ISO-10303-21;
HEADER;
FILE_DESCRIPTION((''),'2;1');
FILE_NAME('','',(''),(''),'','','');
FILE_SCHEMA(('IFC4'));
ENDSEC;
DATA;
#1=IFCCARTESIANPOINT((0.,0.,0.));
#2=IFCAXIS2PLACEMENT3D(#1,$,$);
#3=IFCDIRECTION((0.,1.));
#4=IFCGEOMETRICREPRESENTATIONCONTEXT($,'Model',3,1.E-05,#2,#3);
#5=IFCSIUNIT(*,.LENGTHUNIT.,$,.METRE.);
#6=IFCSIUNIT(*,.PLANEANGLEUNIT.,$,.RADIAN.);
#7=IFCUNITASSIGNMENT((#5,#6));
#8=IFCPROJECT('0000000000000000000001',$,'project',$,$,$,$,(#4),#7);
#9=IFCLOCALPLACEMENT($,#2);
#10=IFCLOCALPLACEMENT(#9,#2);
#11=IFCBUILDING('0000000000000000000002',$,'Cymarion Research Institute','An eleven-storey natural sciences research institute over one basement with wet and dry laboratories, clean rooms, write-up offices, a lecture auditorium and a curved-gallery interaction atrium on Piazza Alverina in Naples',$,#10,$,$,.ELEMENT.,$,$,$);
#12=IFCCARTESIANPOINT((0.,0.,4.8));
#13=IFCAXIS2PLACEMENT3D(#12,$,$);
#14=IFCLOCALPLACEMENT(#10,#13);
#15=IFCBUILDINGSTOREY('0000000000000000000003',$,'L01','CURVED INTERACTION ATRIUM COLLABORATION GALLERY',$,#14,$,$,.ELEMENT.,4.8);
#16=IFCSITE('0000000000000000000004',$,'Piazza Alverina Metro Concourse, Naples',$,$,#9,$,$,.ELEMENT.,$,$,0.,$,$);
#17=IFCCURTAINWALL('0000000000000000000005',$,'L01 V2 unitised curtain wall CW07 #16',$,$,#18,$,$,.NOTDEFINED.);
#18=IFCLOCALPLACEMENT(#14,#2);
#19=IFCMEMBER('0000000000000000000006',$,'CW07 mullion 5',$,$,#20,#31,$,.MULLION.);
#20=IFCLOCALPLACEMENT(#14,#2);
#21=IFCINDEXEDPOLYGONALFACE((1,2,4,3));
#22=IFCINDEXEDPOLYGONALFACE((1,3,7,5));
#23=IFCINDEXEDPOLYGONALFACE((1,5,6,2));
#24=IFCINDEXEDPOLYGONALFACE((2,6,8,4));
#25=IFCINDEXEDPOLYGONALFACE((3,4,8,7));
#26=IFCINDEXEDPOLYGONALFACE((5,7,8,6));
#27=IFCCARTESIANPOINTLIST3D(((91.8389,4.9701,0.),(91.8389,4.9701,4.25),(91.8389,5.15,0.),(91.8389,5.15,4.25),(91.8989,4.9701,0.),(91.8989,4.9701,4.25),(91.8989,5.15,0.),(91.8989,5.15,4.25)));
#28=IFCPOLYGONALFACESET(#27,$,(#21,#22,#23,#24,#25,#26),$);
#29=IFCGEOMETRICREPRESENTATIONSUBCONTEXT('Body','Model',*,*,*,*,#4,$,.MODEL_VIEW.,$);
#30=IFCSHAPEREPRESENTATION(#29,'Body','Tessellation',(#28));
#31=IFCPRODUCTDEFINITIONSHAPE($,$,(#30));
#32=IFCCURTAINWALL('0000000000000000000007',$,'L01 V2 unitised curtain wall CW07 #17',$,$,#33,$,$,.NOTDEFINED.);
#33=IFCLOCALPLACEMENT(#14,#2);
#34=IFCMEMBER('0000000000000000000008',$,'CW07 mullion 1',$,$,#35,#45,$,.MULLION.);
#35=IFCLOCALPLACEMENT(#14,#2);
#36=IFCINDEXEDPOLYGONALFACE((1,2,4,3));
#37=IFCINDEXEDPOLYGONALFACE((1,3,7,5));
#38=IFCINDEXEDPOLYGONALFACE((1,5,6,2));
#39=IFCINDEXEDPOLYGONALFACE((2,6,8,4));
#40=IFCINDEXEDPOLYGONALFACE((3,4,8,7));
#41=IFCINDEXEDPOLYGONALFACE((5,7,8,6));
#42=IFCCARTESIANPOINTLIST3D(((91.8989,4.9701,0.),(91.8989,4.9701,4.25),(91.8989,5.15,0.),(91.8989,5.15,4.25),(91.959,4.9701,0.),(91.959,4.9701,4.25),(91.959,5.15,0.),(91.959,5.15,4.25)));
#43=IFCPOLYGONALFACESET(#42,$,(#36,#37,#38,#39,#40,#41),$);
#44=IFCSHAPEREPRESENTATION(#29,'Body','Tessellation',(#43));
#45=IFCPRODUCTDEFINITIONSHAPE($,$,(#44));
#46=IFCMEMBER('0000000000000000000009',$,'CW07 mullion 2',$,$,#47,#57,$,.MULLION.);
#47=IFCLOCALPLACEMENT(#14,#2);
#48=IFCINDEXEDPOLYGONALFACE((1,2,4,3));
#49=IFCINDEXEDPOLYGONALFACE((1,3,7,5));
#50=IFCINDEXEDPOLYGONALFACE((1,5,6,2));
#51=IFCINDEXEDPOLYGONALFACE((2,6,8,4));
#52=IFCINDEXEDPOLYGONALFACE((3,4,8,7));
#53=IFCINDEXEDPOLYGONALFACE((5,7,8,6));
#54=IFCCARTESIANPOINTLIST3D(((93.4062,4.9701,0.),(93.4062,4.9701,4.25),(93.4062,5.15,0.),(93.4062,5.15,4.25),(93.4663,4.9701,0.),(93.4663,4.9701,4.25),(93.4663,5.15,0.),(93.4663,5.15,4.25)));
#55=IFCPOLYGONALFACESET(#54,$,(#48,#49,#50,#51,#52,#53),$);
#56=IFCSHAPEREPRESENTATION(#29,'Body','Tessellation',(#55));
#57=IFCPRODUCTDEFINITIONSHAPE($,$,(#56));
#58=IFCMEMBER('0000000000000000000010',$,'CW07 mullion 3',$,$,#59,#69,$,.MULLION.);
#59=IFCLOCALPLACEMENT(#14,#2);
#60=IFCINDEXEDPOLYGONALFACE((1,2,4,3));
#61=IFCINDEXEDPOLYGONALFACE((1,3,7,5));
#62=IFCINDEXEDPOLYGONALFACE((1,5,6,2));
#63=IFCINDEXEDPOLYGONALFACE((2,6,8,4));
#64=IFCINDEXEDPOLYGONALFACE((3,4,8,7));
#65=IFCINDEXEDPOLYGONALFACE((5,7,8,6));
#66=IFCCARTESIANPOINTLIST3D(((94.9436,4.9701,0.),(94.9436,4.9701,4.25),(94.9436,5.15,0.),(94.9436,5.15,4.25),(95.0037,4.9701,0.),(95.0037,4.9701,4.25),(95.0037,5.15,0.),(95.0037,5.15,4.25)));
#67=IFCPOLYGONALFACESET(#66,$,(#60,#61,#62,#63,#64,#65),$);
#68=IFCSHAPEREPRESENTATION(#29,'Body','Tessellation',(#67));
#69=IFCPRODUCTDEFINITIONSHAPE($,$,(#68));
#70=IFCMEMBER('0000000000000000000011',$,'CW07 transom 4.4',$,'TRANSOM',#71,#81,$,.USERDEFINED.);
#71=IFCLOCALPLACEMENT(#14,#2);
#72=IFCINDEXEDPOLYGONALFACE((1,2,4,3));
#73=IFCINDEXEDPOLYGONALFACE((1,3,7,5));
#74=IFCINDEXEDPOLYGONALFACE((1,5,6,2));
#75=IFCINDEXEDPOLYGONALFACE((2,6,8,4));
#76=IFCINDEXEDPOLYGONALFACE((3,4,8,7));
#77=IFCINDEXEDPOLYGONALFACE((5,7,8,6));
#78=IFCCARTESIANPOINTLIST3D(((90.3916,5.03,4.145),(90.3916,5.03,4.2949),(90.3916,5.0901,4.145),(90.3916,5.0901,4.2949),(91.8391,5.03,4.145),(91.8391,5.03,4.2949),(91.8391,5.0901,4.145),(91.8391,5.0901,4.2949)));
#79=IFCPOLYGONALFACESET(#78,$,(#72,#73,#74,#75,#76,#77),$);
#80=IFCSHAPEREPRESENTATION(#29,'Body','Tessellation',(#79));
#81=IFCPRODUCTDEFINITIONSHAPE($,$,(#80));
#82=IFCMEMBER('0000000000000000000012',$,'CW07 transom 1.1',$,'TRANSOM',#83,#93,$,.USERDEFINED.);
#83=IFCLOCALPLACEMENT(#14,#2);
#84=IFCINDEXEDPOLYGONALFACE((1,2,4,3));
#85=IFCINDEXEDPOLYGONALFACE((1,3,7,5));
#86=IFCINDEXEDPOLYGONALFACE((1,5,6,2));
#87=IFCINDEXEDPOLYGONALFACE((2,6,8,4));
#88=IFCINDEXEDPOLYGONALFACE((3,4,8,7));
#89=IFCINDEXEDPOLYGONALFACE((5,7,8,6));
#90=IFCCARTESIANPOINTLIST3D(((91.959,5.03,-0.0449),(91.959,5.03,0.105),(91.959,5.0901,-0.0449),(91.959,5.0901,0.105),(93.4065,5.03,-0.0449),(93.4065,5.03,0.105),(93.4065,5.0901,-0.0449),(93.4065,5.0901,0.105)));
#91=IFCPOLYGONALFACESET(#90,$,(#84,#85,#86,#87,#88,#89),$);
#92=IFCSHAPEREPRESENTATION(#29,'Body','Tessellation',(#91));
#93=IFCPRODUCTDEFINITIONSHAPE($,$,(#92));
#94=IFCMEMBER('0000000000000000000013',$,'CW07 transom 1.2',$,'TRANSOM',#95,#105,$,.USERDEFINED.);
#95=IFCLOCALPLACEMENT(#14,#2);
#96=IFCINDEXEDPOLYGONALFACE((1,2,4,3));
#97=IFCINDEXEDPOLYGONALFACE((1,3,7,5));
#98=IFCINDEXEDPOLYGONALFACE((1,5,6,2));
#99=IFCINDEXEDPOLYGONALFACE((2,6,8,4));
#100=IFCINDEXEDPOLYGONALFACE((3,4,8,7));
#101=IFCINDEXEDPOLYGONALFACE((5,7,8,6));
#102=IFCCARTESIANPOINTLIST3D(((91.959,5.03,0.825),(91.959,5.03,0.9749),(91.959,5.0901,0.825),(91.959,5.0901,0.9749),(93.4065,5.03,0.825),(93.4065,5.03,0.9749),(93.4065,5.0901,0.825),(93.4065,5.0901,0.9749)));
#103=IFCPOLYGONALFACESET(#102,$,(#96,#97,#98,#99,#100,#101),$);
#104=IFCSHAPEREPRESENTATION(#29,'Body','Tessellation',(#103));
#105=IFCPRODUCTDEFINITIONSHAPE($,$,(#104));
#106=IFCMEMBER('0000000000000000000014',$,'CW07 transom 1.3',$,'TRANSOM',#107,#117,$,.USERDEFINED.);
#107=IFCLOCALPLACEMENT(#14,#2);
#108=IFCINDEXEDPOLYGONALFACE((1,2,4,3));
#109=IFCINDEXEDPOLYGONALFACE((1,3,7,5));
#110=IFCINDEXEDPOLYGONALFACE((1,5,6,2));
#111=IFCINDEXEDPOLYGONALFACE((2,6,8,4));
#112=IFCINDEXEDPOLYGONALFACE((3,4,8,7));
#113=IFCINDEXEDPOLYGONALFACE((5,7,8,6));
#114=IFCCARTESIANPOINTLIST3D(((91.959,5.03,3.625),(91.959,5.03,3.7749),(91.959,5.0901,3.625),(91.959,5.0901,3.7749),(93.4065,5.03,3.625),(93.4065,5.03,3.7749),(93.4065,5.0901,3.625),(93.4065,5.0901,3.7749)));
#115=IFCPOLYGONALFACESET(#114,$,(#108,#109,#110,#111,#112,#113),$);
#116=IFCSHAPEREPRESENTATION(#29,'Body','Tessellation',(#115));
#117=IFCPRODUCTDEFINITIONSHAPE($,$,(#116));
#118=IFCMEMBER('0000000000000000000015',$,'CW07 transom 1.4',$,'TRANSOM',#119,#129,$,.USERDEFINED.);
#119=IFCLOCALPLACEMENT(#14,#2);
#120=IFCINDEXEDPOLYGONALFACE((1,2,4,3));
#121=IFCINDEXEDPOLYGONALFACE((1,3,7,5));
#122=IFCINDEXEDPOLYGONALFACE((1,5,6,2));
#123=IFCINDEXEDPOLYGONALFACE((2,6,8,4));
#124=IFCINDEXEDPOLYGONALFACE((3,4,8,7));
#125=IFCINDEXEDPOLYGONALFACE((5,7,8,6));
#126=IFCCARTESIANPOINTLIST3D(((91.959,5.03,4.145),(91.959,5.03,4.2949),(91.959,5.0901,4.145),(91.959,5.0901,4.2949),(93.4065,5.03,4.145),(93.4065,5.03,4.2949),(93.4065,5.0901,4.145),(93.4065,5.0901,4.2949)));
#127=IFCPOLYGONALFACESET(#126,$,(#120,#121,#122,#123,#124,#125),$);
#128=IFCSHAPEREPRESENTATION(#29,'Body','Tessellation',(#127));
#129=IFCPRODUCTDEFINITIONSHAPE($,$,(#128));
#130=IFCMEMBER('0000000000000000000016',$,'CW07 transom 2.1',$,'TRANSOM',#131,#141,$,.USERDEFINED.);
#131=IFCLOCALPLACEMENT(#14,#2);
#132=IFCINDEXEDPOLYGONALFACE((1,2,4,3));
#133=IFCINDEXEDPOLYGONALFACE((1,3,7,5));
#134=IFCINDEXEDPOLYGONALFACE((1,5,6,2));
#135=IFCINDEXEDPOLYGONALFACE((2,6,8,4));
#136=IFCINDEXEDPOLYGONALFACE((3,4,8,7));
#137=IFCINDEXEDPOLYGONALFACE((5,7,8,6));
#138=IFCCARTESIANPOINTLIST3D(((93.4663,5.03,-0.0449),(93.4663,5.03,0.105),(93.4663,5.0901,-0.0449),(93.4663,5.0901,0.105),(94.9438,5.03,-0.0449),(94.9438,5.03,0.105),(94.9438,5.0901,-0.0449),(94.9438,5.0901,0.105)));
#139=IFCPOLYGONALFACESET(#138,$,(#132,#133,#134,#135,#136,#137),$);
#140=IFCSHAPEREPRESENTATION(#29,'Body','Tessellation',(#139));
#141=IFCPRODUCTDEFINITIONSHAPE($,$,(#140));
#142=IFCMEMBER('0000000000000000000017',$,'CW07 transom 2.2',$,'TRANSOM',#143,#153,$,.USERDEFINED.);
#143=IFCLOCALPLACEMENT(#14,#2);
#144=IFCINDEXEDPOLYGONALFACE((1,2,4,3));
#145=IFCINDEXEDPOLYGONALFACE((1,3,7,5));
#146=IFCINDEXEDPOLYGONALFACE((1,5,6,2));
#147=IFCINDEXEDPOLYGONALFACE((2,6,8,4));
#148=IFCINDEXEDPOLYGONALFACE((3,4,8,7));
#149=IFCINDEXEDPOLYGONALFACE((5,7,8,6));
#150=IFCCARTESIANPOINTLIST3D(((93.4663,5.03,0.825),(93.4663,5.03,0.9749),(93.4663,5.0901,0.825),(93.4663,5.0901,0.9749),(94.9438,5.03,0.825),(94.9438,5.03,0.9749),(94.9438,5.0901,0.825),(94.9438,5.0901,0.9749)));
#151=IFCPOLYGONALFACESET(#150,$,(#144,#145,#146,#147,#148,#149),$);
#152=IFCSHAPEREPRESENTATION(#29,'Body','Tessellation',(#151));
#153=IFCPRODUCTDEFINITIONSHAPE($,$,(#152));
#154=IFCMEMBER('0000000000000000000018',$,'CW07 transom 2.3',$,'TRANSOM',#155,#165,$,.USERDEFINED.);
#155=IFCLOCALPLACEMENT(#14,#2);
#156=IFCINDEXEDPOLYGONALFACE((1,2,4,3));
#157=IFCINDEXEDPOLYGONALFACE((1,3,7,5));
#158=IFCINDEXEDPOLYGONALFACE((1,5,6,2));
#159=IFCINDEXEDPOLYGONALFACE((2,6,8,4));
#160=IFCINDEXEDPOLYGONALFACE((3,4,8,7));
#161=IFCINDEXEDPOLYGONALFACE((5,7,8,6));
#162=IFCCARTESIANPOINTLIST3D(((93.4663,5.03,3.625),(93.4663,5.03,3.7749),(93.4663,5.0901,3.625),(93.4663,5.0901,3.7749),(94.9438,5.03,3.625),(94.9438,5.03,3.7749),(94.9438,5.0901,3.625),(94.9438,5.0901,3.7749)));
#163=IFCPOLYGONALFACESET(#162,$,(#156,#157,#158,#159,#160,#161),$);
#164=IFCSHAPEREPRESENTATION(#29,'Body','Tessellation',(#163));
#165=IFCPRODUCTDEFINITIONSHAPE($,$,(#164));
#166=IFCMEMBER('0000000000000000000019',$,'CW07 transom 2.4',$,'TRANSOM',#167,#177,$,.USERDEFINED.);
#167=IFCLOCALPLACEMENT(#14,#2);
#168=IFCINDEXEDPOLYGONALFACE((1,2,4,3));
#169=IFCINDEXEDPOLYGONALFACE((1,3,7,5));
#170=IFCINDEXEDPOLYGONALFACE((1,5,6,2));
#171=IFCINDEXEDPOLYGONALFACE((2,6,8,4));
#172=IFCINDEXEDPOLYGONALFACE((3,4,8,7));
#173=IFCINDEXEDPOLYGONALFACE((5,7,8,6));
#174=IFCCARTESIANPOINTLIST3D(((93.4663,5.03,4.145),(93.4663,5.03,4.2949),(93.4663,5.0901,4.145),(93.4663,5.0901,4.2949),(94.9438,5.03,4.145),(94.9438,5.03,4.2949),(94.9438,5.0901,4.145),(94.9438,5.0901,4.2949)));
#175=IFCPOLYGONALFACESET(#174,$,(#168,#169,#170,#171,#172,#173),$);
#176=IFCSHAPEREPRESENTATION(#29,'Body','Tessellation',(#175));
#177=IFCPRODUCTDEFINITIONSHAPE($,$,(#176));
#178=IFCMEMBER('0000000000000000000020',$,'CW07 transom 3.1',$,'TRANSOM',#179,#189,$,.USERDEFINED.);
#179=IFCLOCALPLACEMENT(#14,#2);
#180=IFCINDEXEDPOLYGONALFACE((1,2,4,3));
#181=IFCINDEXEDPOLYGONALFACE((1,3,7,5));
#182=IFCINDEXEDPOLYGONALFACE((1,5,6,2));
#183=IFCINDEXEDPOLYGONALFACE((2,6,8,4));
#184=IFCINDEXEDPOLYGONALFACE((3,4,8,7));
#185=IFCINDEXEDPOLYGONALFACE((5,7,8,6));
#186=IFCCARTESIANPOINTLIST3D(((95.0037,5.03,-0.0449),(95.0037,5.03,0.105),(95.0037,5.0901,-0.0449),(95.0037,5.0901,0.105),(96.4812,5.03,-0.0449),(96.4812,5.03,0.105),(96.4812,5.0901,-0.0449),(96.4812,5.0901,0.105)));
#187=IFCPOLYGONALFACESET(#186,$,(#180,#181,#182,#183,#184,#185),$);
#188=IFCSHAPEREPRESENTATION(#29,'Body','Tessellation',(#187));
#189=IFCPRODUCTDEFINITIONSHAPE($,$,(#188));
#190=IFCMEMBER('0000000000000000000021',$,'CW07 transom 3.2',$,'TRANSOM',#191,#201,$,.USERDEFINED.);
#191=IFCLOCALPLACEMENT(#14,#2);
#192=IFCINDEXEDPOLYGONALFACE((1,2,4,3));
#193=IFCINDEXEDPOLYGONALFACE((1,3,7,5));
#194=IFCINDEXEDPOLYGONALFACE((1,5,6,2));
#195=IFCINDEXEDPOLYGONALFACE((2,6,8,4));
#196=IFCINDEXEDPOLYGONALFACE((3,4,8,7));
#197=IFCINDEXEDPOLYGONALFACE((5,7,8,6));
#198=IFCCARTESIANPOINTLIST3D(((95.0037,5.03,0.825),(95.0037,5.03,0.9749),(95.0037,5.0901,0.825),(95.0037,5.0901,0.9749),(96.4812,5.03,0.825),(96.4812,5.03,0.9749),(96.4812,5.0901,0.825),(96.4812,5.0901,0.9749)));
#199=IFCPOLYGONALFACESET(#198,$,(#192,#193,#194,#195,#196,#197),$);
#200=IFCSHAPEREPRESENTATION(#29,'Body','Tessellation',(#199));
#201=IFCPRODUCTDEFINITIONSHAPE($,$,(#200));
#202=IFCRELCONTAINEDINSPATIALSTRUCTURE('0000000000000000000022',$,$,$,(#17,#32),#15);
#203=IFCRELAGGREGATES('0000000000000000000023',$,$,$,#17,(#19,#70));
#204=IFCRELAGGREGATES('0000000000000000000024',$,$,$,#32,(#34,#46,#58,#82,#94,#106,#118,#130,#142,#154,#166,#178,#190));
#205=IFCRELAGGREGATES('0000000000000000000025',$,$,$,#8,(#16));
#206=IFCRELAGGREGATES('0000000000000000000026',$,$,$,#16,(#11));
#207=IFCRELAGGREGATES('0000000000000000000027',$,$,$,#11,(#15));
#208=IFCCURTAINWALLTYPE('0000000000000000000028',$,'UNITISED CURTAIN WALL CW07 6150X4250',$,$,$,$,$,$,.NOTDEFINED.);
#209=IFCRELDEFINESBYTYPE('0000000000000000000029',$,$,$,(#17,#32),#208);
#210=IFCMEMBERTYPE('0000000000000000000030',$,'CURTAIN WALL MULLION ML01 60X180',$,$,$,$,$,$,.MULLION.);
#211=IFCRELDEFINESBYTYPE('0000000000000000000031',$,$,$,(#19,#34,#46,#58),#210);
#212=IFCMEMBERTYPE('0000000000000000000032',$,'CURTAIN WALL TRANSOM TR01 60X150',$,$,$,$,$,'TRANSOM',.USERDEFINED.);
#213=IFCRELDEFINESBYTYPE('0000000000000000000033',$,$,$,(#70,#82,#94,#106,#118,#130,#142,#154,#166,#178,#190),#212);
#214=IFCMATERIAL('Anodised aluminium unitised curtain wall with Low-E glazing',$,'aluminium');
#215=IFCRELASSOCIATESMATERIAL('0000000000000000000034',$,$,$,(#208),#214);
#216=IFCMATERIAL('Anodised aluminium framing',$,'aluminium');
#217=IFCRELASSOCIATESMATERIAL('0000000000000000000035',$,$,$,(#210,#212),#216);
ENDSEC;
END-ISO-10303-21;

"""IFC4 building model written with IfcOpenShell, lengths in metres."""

from ifc_helpers import new_model, si_unit, direction, frame, origin, origin_2d, place, context, subcontext, project, spatial, rectangle, extrude, material, material_profile, profile_set, type_object, element, aggregate, save


model = new_model("IFC4")

# Units and contexts
model_context = context("Model", 3, precision=1e-05, world=origin(), true_north=direction((0.0, 1.0)))
body_context = subcontext(model_context, "Body", "Model", "MODEL_VIEW")
ifc_project = project(units=[si_unit("LENGTHUNIT", "METRE"), si_unit("PLANEANGLEUNIT", "RADIAN")], contexts=[model_context])

# Site, building, storey
site_placement = place(None, origin())
site = spatial("IfcSite", under=ifc_project, at=site_placement, Name="Piazza Alverina Metro Concourse, Naples", CompositionType="ELEMENT", RefElevation=0.0)
building_placement = place(site_placement, origin())
building = spatial("IfcBuilding", under=site, at=building_placement, Name="Cymarion Research Institute", Description="An eleven-storey natural sciences research institute over one basement with wet and dry laboratories, clean rooms, write-up offices, a lecture auditorium and a curved-gallery interaction atrium on Piazza Alverina in Naples", CompositionType="ELEMENT")
storey_placement = place(building_placement, frame((0.0, 0.0, 4.8)))
storey = spatial("IfcBuildingStorey", under=building, at=storey_placement, Name="L01", Description="CURVED INTERACTION ATRIUM COLLABORATION GALLERY", CompositionType="ELEMENT", Elevation=4.8)

# Curtain wall, member
ifc_material_1 = material(Name="Anodised aluminium unitised curtain wall with Low-E glazing", Category="aluminium")
curtain_wall_type = type_object("IfcCurtainWallType", Name="UNITISED CURTAIN WALL CW07 6150X4250", PredefinedType="NOTDEFINED", material=ifc_material_1)
curtain_wall_1_placement = place(storey_placement, origin())
curtain_wall_1 = element("IfcCurtainWall", 1, at=curtain_wall_1_placement, inside=storey, type_object=curtain_wall_type, Name="L01 V2 unitised curtain wall CW07 #16", PredefinedType="NOTDEFINED")
ifc_material_2 = material(Name="Anodised aluminium framing", Category="aluminium")
ifc_material_profile_1 = material_profile(ifc_material_2, rectangle(XDim=0.0601, YDim=0.1799, at=origin_2d()), Name="ALU MULLION 60x180")
ifc_profile_set_1 = profile_set([ifc_material_profile_1], Name="Anodised aluminium framing")
member_type_1 = type_object("IfcMemberType", Name="CURTAIN WALL MULLION ML01 60X180", PredefinedType="MULLION", material=ifc_profile_set_1)
member_1_placement = place(storey_placement, frame((91.8689, 5.0601, 0.0), z_axis=(0.0, 0.0, 1.0), x_axis=(1.0, 0.0, 0.0)))
member_1 = element("IfcMember", 2, at=member_1_placement, type_object=member_type_1, Name="CW07 mullion 5", PredefinedType="MULLION", context=body_context, shape_type="SweptSolid", body=[
    extrude(rectangle(XDim=0.0601, YDim=0.1799, at=origin_2d()), origin(), (0.0, 0.0, 1.0), 4.25),
])

# Curtain wall, members
curtain_wall_2_placement = place(storey_placement, origin())
curtain_wall_2 = element("IfcCurtainWall", 3, at=curtain_wall_2_placement, inside=storey, type_object=curtain_wall_type, Name="L01 V2 unitised curtain wall CW07 #17", PredefinedType="NOTDEFINED")
member_2_placement = place(storey_placement, frame((91.929, 5.0601, 0.0), z_axis=(0.0, 0.0, 1.0), x_axis=(1.0, 0.0, 0.0)))
member_2 = element("IfcMember", 4, at=member_2_placement, type_object=member_type_1, Name="CW07 mullion 1", PredefinedType="MULLION", context=body_context, shape_type="SweptSolid", body=[
    extrude(rectangle(XDim=0.0601, YDim=0.1799, at=origin_2d()), origin(), (0.0, 0.0, 1.0), 4.25),
])
member_3_placement = place(storey_placement, frame((93.4363, 5.0601, 0.0), z_axis=(0.0, 0.0, 1.0), x_axis=(1.0, 0.0, 0.0)))
member_3 = element("IfcMember", 5, at=member_3_placement, type_object=member_type_1, Name="CW07 mullion 2", PredefinedType="MULLION", context=body_context, shape_type="SweptSolid", body=[
    extrude(rectangle(XDim=0.0601, YDim=0.1799, at=origin_2d()), origin(), (0.0, 0.0, 1.0), 4.25),
])
member_4_placement = place(storey_placement, frame((94.9736, 5.0601, 0.0), z_axis=(0.0, 0.0, 1.0), x_axis=(1.0, 0.0, 0.0)))
member_4 = element("IfcMember", 6, at=member_4_placement, type_object=member_type_1, Name="CW07 mullion 3", PredefinedType="MULLION", context=body_context, shape_type="SweptSolid", body=[
    extrude(rectangle(XDim=0.0601, YDim=0.1799, at=origin_2d()), origin(), (0.0, 0.0, 1.0), 4.25),
])

# Members
ifc_material_profile_2 = material_profile(ifc_material_2, rectangle(XDim=0.0601, YDim=0.1499, at=origin_2d()), Name="ALU TRANSOM 60x150")
ifc_profile_set_2 = profile_set([ifc_material_profile_2], Name="Anodised aluminium framing")
member_type_2 = type_object("IfcMemberType", Name="CURTAIN WALL TRANSOM TR01 60X150", ElementType="TRANSOM", PredefinedType="USERDEFINED", material=ifc_profile_set_2)
member_5_placement = place(storey_placement, frame((90.3916, 5.0601, 4.22), z_axis=(1.0, 0.0, 0.0), x_axis=(0.0, 1.0, 0.0)))
member_5 = element("IfcMember", 7, at=member_5_placement, type_object=member_type_2, Name="CW07 transom 4.4", ObjectType="TRANSOM", PredefinedType="USERDEFINED", context=body_context, shape_type="SweptSolid", body=[
    extrude(rectangle(XDim=0.0601, YDim=0.1499, at=origin_2d()), origin(), (0.0, 0.0, 1.0), 1.4475),
])
member_6_placement = place(storey_placement, frame((91.959, 5.0601, 0.03), z_axis=(1.0, 0.0, 0.0), x_axis=(0.0, 1.0, 0.0)))
member_6 = element("IfcMember", 8, at=member_6_placement, type_object=member_type_2, Name="CW07 transom 1.1", ObjectType="TRANSOM", PredefinedType="USERDEFINED", context=body_context, shape_type="SweptSolid", body=[
    extrude(rectangle(XDim=0.0601, YDim=0.1499, at=origin_2d()), origin(), (0.0, 0.0, 1.0), 1.4475),
])
member_7_placement = place(storey_placement, frame((91.959, 5.0601, 0.8999), z_axis=(1.0, 0.0, 0.0), x_axis=(0.0, 1.0, 0.0)))
member_7 = element("IfcMember", 9, at=member_7_placement, type_object=member_type_2, Name="CW07 transom 1.2", ObjectType="TRANSOM", PredefinedType="USERDEFINED", context=body_context, shape_type="SweptSolid", body=[
    extrude(rectangle(XDim=0.0601, YDim=0.1499, at=origin_2d()), origin(), (0.0, 0.0, 1.0), 1.4475),
])
member_8_placement = place(storey_placement, frame((91.959, 5.0601, 3.7), z_axis=(1.0, 0.0, 0.0), x_axis=(0.0, 1.0, 0.0)))
member_8 = element("IfcMember", 10, at=member_8_placement, type_object=member_type_2, Name="CW07 transom 1.3", ObjectType="TRANSOM", PredefinedType="USERDEFINED", context=body_context, shape_type="SweptSolid", body=[
    extrude(rectangle(XDim=0.0601, YDim=0.1499, at=origin_2d()), origin(), (0.0, 0.0, 1.0), 1.4475),
])
member_9_placement = place(storey_placement, frame((91.959, 5.0601, 4.22), z_axis=(1.0, 0.0, 0.0), x_axis=(0.0, 1.0, 0.0)))
member_9 = element("IfcMember", 11, at=member_9_placement, type_object=member_type_2, Name="CW07 transom 1.4", ObjectType="TRANSOM", PredefinedType="USERDEFINED", context=body_context, shape_type="SweptSolid", body=[
    extrude(rectangle(XDim=0.0601, YDim=0.1499, at=origin_2d()), origin(), (0.0, 0.0, 1.0), 1.4475),
])
member_10_placement = place(storey_placement, frame((93.4663, 5.0601, 0.03), z_axis=(1.0, 0.0, 0.0), x_axis=(0.0, 1.0, 0.0)))
member_10 = element("IfcMember", 12, at=member_10_placement, type_object=member_type_2, Name="CW07 transom 2.1", ObjectType="TRANSOM", PredefinedType="USERDEFINED", context=body_context, shape_type="SweptSolid", body=[
    extrude(rectangle(XDim=0.0601, YDim=0.1499, at=origin_2d()), origin(), (0.0, 0.0, 1.0), 1.4775),
])
member_11_placement = place(storey_placement, frame((93.4663, 5.0601, 0.8999), z_axis=(1.0, 0.0, 0.0), x_axis=(0.0, 1.0, 0.0)))
member_11 = element("IfcMember", 13, at=member_11_placement, type_object=member_type_2, Name="CW07 transom 2.2", ObjectType="TRANSOM", PredefinedType="USERDEFINED", context=body_context, shape_type="SweptSolid", body=[
    extrude(rectangle(XDim=0.0601, YDim=0.1499, at=origin_2d()), origin(), (0.0, 0.0, 1.0), 1.4775),
])
member_12_placement = place(storey_placement, frame((93.4663, 5.0601, 3.7), z_axis=(1.0, 0.0, 0.0), x_axis=(0.0, 1.0, 0.0)))
member_12 = element("IfcMember", 14, at=member_12_placement, type_object=member_type_2, Name="CW07 transom 2.3", ObjectType="TRANSOM", PredefinedType="USERDEFINED", context=body_context, shape_type="SweptSolid", body=[
    extrude(rectangle(XDim=0.0601, YDim=0.1499, at=origin_2d()), origin(), (0.0, 0.0, 1.0), 1.4775),
])
member_13_placement = place(storey_placement, frame((93.4663, 5.0601, 4.22), z_axis=(1.0, 0.0, 0.0), x_axis=(0.0, 1.0, 0.0)))
member_13 = element("IfcMember", 15, at=member_13_placement, type_object=member_type_2, Name="CW07 transom 2.4", ObjectType="TRANSOM", PredefinedType="USERDEFINED", context=body_context, shape_type="SweptSolid", body=[
    extrude(rectangle(XDim=0.0601, YDim=0.1499, at=origin_2d()), origin(), (0.0, 0.0, 1.0), 1.4775),
])
member_14_placement = place(storey_placement, frame((95.0037, 5.0601, 0.03), z_axis=(1.0, 0.0, 0.0), x_axis=(0.0, 1.0, 0.0)))
member_14 = element("IfcMember", 16, at=member_14_placement, type_object=member_type_2, Name="CW07 transom 3.1", ObjectType="TRANSOM", PredefinedType="USERDEFINED", context=body_context, shape_type="SweptSolid", body=[
    extrude(rectangle(XDim=0.0601, YDim=0.1499, at=origin_2d()), origin(), (0.0, 0.0, 1.0), 1.4775),
])
member_15_placement = place(storey_placement, frame((95.0037, 5.0601, 0.8999), z_axis=(1.0, 0.0, 0.0), x_axis=(0.0, 1.0, 0.0)))
member_15 = element("IfcMember", 17, at=member_15_placement, type_object=member_type_2, Name="CW07 transom 3.2", ObjectType="TRANSOM", PredefinedType="USERDEFINED", context=body_context, shape_type="SweptSolid", body=[
    extrude(rectangle(XDim=0.0601, YDim=0.1499, at=origin_2d()), origin(), (0.0, 0.0, 1.0), 1.4775),
])

aggregate(curtain_wall_1, [member_1, member_5])
aggregate(curtain_wall_2, [member_2, member_3, member_4, member_6, member_7, member_8, member_9, member_10, member_11, member_12, member_13, member_14, member_15])

save(model, "model.ifc")
